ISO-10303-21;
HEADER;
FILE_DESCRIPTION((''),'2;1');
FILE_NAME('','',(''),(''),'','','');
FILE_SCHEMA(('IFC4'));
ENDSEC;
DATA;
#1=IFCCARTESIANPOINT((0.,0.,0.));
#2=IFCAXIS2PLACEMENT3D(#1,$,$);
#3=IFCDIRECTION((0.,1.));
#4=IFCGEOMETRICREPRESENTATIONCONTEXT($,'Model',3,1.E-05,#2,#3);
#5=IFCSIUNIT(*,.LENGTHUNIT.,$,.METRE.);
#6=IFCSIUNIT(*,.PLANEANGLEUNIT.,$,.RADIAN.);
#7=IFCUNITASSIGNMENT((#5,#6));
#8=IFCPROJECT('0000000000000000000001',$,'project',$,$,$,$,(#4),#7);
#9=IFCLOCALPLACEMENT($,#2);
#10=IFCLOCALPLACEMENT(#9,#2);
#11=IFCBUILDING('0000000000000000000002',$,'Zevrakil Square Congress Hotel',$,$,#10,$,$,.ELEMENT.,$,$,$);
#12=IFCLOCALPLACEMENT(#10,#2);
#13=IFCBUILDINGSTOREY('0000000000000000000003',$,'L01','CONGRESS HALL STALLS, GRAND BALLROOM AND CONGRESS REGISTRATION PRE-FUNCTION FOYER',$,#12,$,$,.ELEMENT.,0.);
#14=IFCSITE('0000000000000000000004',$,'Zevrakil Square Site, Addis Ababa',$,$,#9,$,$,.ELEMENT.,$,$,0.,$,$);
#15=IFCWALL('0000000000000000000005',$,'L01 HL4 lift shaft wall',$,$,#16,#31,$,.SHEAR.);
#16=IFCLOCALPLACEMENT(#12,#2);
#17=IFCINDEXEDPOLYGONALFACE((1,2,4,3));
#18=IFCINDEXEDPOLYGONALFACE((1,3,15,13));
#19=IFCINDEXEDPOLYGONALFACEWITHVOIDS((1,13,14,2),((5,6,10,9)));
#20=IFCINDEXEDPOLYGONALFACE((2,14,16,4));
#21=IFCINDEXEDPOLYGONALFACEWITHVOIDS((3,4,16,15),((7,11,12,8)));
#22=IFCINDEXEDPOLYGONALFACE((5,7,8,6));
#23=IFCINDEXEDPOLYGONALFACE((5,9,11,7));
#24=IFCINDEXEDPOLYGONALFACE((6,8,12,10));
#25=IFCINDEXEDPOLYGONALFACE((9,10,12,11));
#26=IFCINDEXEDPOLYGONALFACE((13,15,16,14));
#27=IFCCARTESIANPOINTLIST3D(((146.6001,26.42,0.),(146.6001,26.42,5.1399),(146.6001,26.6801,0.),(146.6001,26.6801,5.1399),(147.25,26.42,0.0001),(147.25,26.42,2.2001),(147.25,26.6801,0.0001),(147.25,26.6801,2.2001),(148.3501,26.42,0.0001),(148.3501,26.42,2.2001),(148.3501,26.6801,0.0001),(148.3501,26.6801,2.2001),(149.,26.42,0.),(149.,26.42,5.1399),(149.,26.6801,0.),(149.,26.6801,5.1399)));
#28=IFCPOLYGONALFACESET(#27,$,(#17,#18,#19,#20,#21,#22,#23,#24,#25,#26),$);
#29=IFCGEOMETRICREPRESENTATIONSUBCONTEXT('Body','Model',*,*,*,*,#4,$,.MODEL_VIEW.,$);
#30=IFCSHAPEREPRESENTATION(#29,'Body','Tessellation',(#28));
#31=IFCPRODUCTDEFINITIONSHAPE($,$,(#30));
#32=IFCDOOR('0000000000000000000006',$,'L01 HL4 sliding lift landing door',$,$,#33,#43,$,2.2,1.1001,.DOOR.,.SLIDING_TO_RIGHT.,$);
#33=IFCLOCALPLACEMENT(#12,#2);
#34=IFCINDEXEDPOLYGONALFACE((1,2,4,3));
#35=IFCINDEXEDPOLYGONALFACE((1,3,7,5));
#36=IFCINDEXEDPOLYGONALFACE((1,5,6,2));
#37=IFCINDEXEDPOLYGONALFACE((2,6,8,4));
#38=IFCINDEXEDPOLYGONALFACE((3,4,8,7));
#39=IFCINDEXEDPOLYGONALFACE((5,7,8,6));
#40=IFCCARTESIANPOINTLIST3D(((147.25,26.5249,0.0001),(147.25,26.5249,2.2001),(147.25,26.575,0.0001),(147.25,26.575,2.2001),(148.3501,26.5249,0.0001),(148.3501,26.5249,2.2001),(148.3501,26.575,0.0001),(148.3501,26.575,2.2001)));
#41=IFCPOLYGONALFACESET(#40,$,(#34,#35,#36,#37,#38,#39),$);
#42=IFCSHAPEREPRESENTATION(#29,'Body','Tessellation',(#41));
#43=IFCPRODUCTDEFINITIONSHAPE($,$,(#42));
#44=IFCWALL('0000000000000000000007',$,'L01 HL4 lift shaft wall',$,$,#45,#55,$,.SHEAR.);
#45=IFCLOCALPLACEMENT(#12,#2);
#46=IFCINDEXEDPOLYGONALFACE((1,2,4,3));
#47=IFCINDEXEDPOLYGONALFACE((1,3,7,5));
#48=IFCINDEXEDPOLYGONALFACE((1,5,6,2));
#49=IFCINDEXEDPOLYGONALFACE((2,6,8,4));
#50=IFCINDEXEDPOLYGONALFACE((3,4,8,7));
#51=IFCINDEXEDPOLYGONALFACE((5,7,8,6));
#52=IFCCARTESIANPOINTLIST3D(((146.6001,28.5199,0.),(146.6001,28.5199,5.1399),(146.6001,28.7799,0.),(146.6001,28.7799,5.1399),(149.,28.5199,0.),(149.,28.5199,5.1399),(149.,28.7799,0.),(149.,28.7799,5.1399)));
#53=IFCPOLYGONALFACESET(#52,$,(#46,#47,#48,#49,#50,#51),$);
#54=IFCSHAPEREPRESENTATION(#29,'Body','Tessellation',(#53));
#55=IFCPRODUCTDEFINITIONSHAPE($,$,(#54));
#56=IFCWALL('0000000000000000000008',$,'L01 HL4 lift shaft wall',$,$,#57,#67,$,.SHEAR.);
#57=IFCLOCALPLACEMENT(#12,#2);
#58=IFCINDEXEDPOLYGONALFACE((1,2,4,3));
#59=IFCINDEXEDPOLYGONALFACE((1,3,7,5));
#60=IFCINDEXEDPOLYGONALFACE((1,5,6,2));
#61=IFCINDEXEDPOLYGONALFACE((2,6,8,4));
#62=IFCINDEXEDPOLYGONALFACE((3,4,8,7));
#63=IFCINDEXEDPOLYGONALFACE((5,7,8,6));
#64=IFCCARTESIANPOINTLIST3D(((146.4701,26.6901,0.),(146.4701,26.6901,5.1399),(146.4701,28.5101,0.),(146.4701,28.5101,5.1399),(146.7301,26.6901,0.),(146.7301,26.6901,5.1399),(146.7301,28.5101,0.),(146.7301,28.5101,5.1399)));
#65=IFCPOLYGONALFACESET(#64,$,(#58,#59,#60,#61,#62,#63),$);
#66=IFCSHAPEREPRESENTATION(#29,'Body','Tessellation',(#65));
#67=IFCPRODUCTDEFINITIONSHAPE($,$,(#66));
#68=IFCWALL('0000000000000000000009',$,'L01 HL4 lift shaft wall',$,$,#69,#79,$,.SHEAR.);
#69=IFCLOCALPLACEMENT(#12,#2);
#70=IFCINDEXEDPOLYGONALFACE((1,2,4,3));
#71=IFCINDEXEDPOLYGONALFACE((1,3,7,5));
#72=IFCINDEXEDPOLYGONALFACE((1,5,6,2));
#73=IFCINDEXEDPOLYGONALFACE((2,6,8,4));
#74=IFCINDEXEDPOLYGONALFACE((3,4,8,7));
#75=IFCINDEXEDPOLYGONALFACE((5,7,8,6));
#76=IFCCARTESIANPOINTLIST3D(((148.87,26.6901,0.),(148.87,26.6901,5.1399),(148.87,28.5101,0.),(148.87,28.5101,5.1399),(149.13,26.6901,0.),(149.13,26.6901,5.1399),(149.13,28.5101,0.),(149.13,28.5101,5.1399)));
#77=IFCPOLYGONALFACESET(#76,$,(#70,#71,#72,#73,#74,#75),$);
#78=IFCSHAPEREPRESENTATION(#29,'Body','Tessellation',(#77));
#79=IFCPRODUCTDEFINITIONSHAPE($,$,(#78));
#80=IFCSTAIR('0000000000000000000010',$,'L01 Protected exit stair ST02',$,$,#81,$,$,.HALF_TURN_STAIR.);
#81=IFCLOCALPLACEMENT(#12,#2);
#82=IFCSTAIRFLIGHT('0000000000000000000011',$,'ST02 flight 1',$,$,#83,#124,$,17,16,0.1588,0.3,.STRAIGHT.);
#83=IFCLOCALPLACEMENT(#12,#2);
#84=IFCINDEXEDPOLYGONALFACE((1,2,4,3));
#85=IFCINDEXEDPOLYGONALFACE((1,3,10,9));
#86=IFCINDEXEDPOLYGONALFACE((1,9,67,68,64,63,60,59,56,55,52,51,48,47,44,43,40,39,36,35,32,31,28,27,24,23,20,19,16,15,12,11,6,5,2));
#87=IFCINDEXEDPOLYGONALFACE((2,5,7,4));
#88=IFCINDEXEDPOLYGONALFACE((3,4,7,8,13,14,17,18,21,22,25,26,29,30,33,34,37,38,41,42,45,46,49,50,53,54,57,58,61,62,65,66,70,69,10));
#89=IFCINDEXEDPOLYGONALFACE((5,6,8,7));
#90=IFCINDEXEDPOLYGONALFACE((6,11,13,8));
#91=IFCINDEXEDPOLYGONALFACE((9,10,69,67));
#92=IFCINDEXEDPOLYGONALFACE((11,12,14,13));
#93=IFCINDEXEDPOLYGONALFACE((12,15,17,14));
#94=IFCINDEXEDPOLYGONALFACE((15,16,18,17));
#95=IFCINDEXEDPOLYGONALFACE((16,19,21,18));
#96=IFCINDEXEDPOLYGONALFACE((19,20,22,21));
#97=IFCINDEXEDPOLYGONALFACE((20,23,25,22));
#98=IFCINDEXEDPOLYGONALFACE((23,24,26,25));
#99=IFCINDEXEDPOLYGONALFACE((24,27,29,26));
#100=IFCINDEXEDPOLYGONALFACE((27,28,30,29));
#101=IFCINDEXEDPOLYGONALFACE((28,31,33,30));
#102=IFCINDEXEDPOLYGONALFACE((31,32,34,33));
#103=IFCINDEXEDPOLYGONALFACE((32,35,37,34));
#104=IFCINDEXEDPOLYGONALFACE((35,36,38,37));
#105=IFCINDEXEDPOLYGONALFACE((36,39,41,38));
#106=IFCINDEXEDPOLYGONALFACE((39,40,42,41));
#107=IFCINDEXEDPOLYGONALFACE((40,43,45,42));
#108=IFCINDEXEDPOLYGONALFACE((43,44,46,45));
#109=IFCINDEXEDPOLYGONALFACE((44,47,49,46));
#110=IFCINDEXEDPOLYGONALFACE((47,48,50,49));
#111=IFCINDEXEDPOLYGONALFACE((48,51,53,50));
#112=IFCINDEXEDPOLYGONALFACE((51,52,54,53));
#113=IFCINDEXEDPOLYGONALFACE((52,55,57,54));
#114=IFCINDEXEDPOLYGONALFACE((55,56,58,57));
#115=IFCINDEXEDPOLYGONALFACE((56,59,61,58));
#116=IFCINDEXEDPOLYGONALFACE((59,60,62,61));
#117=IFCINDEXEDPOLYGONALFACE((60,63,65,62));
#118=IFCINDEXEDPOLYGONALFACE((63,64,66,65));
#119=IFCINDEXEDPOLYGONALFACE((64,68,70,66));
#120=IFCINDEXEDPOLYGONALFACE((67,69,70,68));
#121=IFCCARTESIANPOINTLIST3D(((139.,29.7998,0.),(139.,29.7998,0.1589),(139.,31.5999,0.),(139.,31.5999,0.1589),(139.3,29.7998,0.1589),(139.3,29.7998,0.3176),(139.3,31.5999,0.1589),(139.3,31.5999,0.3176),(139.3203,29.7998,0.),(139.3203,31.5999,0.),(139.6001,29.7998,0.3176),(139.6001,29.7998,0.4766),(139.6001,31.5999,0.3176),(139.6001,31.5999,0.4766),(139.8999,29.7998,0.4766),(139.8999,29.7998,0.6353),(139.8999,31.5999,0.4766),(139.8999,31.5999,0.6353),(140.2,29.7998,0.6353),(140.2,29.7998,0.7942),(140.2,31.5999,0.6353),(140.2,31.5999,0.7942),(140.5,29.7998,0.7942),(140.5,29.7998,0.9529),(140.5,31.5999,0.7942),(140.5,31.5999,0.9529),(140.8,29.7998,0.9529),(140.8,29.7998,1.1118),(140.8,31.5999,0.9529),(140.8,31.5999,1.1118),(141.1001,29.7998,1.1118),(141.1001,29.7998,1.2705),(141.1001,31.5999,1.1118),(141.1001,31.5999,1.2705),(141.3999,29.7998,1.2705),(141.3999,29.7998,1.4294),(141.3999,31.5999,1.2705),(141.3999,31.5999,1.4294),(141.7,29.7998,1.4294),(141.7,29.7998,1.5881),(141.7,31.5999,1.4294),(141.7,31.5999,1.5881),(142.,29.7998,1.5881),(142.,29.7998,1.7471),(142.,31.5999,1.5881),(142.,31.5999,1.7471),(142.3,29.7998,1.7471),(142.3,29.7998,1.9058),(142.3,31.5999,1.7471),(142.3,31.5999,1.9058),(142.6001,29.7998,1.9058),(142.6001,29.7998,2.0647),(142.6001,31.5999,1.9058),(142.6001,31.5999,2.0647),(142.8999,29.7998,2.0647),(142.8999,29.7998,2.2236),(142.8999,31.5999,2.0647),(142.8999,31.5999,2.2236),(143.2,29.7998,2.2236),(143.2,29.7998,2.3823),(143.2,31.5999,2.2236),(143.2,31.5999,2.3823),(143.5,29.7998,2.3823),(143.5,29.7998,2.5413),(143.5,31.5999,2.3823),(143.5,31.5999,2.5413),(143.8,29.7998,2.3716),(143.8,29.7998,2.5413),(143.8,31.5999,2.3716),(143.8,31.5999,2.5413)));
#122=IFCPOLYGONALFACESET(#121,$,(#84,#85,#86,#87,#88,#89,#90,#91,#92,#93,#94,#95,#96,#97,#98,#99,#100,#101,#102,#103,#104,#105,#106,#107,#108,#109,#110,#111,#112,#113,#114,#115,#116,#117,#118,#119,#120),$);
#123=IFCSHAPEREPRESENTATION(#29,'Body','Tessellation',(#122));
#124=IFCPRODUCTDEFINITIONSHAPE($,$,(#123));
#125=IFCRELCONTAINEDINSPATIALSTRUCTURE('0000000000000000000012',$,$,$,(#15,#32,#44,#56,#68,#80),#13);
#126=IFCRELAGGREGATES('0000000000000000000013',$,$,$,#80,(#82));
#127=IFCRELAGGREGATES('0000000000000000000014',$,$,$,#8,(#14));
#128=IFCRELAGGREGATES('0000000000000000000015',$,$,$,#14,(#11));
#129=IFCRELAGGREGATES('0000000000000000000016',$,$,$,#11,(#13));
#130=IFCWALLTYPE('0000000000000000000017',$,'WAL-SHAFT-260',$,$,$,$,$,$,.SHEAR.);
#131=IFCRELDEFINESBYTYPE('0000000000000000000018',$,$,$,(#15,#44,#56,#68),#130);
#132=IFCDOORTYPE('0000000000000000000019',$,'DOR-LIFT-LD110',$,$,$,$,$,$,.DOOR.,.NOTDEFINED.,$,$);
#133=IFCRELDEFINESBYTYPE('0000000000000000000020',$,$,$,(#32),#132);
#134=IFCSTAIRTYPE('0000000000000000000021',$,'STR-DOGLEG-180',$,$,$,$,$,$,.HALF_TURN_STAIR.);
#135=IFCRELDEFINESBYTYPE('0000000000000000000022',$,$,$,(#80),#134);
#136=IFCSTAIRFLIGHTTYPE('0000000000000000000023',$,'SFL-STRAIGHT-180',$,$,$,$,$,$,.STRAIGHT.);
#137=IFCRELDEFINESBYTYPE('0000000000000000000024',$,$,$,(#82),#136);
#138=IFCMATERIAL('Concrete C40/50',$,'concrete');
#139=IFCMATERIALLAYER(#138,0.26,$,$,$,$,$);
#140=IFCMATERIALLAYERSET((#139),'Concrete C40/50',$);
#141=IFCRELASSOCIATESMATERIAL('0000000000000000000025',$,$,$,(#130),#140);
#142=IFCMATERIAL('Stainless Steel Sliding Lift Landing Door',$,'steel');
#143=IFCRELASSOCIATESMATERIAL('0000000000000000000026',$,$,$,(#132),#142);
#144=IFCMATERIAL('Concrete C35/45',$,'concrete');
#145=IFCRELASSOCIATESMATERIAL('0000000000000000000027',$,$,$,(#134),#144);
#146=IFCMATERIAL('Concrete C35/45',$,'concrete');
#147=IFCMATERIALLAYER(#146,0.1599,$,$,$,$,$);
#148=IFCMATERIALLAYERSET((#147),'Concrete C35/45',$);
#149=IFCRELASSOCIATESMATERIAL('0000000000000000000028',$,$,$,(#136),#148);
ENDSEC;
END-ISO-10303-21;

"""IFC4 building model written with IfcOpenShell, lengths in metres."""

from ifc_helpers import new_model, si_unit, direction, frame, frame_2d, origin, place, context, subcontext, project, spatial, polyline, rectangle, outline, extrude, material, layer, layer_set, type_object, element, fill, aggregate, save


model = new_model("IFC4")

# Units and contexts
model_context = context("Model", 3, precision=1e-05, world=origin(), true_north=direction((0.0, 1.0)))
body_context = subcontext(model_context, "Body", "Model", "MODEL_VIEW")
ifc_project = project(units=[si_unit("LENGTHUNIT", "METRE"), si_unit("PLANEANGLEUNIT", "RADIAN")], contexts=[model_context])

# Site, building, storey
site_placement = place(None, origin())
site = spatial("IfcSite", under=ifc_project, at=site_placement, Name="Zevrakil Square Site, Addis Ababa", CompositionType="ELEMENT", RefElevation=0.0)
building_placement = place(site_placement, origin())
building = spatial("IfcBuilding", under=site, at=building_placement, Name="Zevrakil Square Congress Hotel", CompositionType="ELEMENT")
storey_placement = place(building_placement, origin())
storey = spatial("IfcBuildingStorey", under=building, at=storey_placement, Name="L01", Description="CONGRESS HALL STALLS, GRAND BALLROOM AND CONGRESS REGISTRATION PRE-FUNCTION FOYER", CompositionType="ELEMENT", Elevation=0.0)

# Shared definitions
ifc_material_1 = material(Name="Concrete C40/50", Category="concrete")
ifc_layer_1 = layer(ifc_material_1, 0.26)
ifc_layer_set_1 = layer_set([ifc_layer_1], Name="Concrete C40/50")
wall_type = type_object("IfcWallType", Name="WAL-SHAFT-260", PredefinedType="SHEAR", material=ifc_layer_set_1)

# Shared definitions
ifc_material_2 = material(Name="Stainless Steel Sliding Lift Landing Door", Category="steel")
door_type_1 = type_object("IfcDoorType", Name="DOR-LIFT-LD110", OperationType="NOTDEFINED", PredefinedType="DOOR", material=ifc_material_2)

# Wall, opening, door
wall_1_placement = place(storey_placement, frame((146.6001, 26.55, 0.0), z_axis=(0.0, 0.0, 1.0), x_axis=(1.0, 0.0, 0.0)))
wall_1 = element("IfcWall", 1, at=wall_1_placement, inside=storey, type_object=wall_type, Name="L01 HL4 lift shaft wall", PredefinedType="SHEAR", context=body_context, shape_type="SweptSolid", body=[
    extrude(rectangle(XDim=2.3999, YDim=0.26, at=frame_2d((1.2, 0.0))), origin(), (0.0, 0.0, 1.0), 5.1399),
])
opening_1_placement = place(wall_1_placement, frame((0.6499, 0.0, 0.0)))
opening_1 = element("IfcOpeningElement", 2, at=opening_1_placement, cuts=wall_1, PredefinedType="OPENING", context=body_context, shape_type="SweptSolid", body=[
    extrude(rectangle(XDim=1.1001, YDim=2.2, at=frame_2d((0.55, 1.1001))), frame((0.0, 0.1401, 0.0), z_axis=(0.0, -1.0, 0.0), x_axis=(1.0, 0.0, 0.0)), (0.0, 0.0, 1.0), 0.28),
])
door_1_placement = place(opening_1_placement, origin())
door_1 = element("IfcDoor", 3, at=door_1_placement, inside=storey, type_object=door_type_1, Name="L01 HL4 sliding lift landing door", OperationType="SLIDING_TO_RIGHT", OverallHeight=2.2, OverallWidth=1.1001, PredefinedType="DOOR", context=body_context, shape_type="SweptSolid", body=[
    extrude(rectangle(XDim=1.1001, YDim=2.2, at=frame_2d((0.55, 1.1001))), frame((0.0, 0.0249, 0.0), z_axis=(0.0, -1.0, 0.0), x_axis=(1.0, 0.0, 0.0)), (0.0, 0.0, 1.0), 0.05),
])
fill(opening_1, door_1)

# Walls
wall_2_placement = place(storey_placement, frame((146.6001, 28.6499, 0.0), z_axis=(0.0, 0.0, 1.0), x_axis=(1.0, 0.0, 0.0)))
element("IfcWall", 4, at=wall_2_placement, inside=storey, type_object=wall_type, Name="L01 HL4 lift shaft wall", PredefinedType="SHEAR", context=body_context, shape_type="SweptSolid", body=[
    extrude(rectangle(XDim=2.3999, YDim=0.26, at=frame_2d((1.2, 0.0))), origin(), (0.0, 0.0, 1.0), 5.1399),
])
for number, where, z_axis, x_axis, name in (
    (5, (146.6001, 26.6899, 0.0), (0.0, 0.0, 1.0), (0.0, 1.0, 0.0), "L01 HL4 lift shaft wall"),
    (6, (149.0, 26.6899, 0.0), (0.0, 0.0, 1.0), (0.0, 1.0, 0.0), "L01 HL4 lift shaft wall"),
):
    element("IfcWall", number, at=place(storey_placement, frame(where, z_axis=z_axis, x_axis=x_axis)), inside=storey, type_object=wall_type, Name=name, PredefinedType="SHEAR", context=body_context, shape_type="SweptSolid", body=[
        extrude(rectangle(XDim=1.8201, YDim=0.26, at=frame_2d((0.9102, 0.0))), origin(), (0.0, 0.0, 1.0), 5.1399),
    ])

# Stair, stair flight
ifc_material_3 = material(Name="Concrete C35/45", Category="concrete")
stair_type = type_object("IfcStairType", Name="STR-DOGLEG-180", PredefinedType="HALF_TURN_STAIR", material=ifc_material_3)
stair_placement = place(storey_placement, origin())
stair = element("IfcStair", 7, at=stair_placement, inside=storey, type_object=stair_type, Name="L01 Protected exit stair ST02", PredefinedType="HALF_TURN_STAIR")
ifc_material_4 = material(Name="Concrete C35/45", Category="concrete")
ifc_layer_2 = layer(ifc_material_4, 0.1599)
ifc_layer_set_2 = layer_set([ifc_layer_2], Name="Concrete C35/45")
stair_flight_type = type_object("IfcStairFlightType", Name="SFL-STRAIGHT-180", PredefinedType="STRAIGHT", material=ifc_layer_set_2)
stair_flight_placement = place(storey_placement, frame((139.0, 30.7, 0.0), z_axis=(0.0, 0.0, 1.0), x_axis=(1.0, 0.0, 0.0)))
stair_flight = element("IfcStairFlight", 8, at=stair_flight_placement, type_object=stair_flight_type, Name="ST02 flight 1", NumberOfRisers=17, NumberOfTreads=16, PredefinedType="STRAIGHT", RiserHeight=0.1588, TreadLength=0.3, context=body_context, shape_type="SweptSolid", body=[
    extrude(outline(polyline([(0.0, 0.0), (0.0, 0.1589), (0.3, 0.1589), (0.3, 0.3176), (0.6001, 0.3176), (0.6001, 0.4766), (0.8999, 0.4766), (0.8999, 0.6353), (1.2, 0.6353), (1.2, 0.7942), (1.5, 0.7942), (1.5, 0.9529), (1.8, 0.9529), (1.8, 1.1118), (2.1001, 1.1118), (2.1001, 1.2705), (2.3999, 1.2705), (2.3999, 1.4294), (2.7, 1.4294), (2.7, 1.5881), (3.0, 1.5881), (3.0, 1.7471), (3.3, 1.7471), (3.3, 1.9058), (3.6001, 1.9058), (3.6001, 2.0647), (3.8999, 2.0647), (3.8999, 2.2236), (4.2, 2.2236), (4.2, 2.3823), (4.5, 2.3823), (4.5, 2.5413), (4.8, 2.5413), (4.8, 2.7), (4.8, 2.3716), (0.3203, 0.0), (0.0, 0.0)])), frame((0.0, 0.8999, 0.0), z_axis=(0.0, -1.0, 0.0), x_axis=(1.0, 0.0, 0.0)), (0.0, 0.0, 1.0), 1.8),
])
aggregate(stair, [stair_flight])

save(model, "model.ifc")
